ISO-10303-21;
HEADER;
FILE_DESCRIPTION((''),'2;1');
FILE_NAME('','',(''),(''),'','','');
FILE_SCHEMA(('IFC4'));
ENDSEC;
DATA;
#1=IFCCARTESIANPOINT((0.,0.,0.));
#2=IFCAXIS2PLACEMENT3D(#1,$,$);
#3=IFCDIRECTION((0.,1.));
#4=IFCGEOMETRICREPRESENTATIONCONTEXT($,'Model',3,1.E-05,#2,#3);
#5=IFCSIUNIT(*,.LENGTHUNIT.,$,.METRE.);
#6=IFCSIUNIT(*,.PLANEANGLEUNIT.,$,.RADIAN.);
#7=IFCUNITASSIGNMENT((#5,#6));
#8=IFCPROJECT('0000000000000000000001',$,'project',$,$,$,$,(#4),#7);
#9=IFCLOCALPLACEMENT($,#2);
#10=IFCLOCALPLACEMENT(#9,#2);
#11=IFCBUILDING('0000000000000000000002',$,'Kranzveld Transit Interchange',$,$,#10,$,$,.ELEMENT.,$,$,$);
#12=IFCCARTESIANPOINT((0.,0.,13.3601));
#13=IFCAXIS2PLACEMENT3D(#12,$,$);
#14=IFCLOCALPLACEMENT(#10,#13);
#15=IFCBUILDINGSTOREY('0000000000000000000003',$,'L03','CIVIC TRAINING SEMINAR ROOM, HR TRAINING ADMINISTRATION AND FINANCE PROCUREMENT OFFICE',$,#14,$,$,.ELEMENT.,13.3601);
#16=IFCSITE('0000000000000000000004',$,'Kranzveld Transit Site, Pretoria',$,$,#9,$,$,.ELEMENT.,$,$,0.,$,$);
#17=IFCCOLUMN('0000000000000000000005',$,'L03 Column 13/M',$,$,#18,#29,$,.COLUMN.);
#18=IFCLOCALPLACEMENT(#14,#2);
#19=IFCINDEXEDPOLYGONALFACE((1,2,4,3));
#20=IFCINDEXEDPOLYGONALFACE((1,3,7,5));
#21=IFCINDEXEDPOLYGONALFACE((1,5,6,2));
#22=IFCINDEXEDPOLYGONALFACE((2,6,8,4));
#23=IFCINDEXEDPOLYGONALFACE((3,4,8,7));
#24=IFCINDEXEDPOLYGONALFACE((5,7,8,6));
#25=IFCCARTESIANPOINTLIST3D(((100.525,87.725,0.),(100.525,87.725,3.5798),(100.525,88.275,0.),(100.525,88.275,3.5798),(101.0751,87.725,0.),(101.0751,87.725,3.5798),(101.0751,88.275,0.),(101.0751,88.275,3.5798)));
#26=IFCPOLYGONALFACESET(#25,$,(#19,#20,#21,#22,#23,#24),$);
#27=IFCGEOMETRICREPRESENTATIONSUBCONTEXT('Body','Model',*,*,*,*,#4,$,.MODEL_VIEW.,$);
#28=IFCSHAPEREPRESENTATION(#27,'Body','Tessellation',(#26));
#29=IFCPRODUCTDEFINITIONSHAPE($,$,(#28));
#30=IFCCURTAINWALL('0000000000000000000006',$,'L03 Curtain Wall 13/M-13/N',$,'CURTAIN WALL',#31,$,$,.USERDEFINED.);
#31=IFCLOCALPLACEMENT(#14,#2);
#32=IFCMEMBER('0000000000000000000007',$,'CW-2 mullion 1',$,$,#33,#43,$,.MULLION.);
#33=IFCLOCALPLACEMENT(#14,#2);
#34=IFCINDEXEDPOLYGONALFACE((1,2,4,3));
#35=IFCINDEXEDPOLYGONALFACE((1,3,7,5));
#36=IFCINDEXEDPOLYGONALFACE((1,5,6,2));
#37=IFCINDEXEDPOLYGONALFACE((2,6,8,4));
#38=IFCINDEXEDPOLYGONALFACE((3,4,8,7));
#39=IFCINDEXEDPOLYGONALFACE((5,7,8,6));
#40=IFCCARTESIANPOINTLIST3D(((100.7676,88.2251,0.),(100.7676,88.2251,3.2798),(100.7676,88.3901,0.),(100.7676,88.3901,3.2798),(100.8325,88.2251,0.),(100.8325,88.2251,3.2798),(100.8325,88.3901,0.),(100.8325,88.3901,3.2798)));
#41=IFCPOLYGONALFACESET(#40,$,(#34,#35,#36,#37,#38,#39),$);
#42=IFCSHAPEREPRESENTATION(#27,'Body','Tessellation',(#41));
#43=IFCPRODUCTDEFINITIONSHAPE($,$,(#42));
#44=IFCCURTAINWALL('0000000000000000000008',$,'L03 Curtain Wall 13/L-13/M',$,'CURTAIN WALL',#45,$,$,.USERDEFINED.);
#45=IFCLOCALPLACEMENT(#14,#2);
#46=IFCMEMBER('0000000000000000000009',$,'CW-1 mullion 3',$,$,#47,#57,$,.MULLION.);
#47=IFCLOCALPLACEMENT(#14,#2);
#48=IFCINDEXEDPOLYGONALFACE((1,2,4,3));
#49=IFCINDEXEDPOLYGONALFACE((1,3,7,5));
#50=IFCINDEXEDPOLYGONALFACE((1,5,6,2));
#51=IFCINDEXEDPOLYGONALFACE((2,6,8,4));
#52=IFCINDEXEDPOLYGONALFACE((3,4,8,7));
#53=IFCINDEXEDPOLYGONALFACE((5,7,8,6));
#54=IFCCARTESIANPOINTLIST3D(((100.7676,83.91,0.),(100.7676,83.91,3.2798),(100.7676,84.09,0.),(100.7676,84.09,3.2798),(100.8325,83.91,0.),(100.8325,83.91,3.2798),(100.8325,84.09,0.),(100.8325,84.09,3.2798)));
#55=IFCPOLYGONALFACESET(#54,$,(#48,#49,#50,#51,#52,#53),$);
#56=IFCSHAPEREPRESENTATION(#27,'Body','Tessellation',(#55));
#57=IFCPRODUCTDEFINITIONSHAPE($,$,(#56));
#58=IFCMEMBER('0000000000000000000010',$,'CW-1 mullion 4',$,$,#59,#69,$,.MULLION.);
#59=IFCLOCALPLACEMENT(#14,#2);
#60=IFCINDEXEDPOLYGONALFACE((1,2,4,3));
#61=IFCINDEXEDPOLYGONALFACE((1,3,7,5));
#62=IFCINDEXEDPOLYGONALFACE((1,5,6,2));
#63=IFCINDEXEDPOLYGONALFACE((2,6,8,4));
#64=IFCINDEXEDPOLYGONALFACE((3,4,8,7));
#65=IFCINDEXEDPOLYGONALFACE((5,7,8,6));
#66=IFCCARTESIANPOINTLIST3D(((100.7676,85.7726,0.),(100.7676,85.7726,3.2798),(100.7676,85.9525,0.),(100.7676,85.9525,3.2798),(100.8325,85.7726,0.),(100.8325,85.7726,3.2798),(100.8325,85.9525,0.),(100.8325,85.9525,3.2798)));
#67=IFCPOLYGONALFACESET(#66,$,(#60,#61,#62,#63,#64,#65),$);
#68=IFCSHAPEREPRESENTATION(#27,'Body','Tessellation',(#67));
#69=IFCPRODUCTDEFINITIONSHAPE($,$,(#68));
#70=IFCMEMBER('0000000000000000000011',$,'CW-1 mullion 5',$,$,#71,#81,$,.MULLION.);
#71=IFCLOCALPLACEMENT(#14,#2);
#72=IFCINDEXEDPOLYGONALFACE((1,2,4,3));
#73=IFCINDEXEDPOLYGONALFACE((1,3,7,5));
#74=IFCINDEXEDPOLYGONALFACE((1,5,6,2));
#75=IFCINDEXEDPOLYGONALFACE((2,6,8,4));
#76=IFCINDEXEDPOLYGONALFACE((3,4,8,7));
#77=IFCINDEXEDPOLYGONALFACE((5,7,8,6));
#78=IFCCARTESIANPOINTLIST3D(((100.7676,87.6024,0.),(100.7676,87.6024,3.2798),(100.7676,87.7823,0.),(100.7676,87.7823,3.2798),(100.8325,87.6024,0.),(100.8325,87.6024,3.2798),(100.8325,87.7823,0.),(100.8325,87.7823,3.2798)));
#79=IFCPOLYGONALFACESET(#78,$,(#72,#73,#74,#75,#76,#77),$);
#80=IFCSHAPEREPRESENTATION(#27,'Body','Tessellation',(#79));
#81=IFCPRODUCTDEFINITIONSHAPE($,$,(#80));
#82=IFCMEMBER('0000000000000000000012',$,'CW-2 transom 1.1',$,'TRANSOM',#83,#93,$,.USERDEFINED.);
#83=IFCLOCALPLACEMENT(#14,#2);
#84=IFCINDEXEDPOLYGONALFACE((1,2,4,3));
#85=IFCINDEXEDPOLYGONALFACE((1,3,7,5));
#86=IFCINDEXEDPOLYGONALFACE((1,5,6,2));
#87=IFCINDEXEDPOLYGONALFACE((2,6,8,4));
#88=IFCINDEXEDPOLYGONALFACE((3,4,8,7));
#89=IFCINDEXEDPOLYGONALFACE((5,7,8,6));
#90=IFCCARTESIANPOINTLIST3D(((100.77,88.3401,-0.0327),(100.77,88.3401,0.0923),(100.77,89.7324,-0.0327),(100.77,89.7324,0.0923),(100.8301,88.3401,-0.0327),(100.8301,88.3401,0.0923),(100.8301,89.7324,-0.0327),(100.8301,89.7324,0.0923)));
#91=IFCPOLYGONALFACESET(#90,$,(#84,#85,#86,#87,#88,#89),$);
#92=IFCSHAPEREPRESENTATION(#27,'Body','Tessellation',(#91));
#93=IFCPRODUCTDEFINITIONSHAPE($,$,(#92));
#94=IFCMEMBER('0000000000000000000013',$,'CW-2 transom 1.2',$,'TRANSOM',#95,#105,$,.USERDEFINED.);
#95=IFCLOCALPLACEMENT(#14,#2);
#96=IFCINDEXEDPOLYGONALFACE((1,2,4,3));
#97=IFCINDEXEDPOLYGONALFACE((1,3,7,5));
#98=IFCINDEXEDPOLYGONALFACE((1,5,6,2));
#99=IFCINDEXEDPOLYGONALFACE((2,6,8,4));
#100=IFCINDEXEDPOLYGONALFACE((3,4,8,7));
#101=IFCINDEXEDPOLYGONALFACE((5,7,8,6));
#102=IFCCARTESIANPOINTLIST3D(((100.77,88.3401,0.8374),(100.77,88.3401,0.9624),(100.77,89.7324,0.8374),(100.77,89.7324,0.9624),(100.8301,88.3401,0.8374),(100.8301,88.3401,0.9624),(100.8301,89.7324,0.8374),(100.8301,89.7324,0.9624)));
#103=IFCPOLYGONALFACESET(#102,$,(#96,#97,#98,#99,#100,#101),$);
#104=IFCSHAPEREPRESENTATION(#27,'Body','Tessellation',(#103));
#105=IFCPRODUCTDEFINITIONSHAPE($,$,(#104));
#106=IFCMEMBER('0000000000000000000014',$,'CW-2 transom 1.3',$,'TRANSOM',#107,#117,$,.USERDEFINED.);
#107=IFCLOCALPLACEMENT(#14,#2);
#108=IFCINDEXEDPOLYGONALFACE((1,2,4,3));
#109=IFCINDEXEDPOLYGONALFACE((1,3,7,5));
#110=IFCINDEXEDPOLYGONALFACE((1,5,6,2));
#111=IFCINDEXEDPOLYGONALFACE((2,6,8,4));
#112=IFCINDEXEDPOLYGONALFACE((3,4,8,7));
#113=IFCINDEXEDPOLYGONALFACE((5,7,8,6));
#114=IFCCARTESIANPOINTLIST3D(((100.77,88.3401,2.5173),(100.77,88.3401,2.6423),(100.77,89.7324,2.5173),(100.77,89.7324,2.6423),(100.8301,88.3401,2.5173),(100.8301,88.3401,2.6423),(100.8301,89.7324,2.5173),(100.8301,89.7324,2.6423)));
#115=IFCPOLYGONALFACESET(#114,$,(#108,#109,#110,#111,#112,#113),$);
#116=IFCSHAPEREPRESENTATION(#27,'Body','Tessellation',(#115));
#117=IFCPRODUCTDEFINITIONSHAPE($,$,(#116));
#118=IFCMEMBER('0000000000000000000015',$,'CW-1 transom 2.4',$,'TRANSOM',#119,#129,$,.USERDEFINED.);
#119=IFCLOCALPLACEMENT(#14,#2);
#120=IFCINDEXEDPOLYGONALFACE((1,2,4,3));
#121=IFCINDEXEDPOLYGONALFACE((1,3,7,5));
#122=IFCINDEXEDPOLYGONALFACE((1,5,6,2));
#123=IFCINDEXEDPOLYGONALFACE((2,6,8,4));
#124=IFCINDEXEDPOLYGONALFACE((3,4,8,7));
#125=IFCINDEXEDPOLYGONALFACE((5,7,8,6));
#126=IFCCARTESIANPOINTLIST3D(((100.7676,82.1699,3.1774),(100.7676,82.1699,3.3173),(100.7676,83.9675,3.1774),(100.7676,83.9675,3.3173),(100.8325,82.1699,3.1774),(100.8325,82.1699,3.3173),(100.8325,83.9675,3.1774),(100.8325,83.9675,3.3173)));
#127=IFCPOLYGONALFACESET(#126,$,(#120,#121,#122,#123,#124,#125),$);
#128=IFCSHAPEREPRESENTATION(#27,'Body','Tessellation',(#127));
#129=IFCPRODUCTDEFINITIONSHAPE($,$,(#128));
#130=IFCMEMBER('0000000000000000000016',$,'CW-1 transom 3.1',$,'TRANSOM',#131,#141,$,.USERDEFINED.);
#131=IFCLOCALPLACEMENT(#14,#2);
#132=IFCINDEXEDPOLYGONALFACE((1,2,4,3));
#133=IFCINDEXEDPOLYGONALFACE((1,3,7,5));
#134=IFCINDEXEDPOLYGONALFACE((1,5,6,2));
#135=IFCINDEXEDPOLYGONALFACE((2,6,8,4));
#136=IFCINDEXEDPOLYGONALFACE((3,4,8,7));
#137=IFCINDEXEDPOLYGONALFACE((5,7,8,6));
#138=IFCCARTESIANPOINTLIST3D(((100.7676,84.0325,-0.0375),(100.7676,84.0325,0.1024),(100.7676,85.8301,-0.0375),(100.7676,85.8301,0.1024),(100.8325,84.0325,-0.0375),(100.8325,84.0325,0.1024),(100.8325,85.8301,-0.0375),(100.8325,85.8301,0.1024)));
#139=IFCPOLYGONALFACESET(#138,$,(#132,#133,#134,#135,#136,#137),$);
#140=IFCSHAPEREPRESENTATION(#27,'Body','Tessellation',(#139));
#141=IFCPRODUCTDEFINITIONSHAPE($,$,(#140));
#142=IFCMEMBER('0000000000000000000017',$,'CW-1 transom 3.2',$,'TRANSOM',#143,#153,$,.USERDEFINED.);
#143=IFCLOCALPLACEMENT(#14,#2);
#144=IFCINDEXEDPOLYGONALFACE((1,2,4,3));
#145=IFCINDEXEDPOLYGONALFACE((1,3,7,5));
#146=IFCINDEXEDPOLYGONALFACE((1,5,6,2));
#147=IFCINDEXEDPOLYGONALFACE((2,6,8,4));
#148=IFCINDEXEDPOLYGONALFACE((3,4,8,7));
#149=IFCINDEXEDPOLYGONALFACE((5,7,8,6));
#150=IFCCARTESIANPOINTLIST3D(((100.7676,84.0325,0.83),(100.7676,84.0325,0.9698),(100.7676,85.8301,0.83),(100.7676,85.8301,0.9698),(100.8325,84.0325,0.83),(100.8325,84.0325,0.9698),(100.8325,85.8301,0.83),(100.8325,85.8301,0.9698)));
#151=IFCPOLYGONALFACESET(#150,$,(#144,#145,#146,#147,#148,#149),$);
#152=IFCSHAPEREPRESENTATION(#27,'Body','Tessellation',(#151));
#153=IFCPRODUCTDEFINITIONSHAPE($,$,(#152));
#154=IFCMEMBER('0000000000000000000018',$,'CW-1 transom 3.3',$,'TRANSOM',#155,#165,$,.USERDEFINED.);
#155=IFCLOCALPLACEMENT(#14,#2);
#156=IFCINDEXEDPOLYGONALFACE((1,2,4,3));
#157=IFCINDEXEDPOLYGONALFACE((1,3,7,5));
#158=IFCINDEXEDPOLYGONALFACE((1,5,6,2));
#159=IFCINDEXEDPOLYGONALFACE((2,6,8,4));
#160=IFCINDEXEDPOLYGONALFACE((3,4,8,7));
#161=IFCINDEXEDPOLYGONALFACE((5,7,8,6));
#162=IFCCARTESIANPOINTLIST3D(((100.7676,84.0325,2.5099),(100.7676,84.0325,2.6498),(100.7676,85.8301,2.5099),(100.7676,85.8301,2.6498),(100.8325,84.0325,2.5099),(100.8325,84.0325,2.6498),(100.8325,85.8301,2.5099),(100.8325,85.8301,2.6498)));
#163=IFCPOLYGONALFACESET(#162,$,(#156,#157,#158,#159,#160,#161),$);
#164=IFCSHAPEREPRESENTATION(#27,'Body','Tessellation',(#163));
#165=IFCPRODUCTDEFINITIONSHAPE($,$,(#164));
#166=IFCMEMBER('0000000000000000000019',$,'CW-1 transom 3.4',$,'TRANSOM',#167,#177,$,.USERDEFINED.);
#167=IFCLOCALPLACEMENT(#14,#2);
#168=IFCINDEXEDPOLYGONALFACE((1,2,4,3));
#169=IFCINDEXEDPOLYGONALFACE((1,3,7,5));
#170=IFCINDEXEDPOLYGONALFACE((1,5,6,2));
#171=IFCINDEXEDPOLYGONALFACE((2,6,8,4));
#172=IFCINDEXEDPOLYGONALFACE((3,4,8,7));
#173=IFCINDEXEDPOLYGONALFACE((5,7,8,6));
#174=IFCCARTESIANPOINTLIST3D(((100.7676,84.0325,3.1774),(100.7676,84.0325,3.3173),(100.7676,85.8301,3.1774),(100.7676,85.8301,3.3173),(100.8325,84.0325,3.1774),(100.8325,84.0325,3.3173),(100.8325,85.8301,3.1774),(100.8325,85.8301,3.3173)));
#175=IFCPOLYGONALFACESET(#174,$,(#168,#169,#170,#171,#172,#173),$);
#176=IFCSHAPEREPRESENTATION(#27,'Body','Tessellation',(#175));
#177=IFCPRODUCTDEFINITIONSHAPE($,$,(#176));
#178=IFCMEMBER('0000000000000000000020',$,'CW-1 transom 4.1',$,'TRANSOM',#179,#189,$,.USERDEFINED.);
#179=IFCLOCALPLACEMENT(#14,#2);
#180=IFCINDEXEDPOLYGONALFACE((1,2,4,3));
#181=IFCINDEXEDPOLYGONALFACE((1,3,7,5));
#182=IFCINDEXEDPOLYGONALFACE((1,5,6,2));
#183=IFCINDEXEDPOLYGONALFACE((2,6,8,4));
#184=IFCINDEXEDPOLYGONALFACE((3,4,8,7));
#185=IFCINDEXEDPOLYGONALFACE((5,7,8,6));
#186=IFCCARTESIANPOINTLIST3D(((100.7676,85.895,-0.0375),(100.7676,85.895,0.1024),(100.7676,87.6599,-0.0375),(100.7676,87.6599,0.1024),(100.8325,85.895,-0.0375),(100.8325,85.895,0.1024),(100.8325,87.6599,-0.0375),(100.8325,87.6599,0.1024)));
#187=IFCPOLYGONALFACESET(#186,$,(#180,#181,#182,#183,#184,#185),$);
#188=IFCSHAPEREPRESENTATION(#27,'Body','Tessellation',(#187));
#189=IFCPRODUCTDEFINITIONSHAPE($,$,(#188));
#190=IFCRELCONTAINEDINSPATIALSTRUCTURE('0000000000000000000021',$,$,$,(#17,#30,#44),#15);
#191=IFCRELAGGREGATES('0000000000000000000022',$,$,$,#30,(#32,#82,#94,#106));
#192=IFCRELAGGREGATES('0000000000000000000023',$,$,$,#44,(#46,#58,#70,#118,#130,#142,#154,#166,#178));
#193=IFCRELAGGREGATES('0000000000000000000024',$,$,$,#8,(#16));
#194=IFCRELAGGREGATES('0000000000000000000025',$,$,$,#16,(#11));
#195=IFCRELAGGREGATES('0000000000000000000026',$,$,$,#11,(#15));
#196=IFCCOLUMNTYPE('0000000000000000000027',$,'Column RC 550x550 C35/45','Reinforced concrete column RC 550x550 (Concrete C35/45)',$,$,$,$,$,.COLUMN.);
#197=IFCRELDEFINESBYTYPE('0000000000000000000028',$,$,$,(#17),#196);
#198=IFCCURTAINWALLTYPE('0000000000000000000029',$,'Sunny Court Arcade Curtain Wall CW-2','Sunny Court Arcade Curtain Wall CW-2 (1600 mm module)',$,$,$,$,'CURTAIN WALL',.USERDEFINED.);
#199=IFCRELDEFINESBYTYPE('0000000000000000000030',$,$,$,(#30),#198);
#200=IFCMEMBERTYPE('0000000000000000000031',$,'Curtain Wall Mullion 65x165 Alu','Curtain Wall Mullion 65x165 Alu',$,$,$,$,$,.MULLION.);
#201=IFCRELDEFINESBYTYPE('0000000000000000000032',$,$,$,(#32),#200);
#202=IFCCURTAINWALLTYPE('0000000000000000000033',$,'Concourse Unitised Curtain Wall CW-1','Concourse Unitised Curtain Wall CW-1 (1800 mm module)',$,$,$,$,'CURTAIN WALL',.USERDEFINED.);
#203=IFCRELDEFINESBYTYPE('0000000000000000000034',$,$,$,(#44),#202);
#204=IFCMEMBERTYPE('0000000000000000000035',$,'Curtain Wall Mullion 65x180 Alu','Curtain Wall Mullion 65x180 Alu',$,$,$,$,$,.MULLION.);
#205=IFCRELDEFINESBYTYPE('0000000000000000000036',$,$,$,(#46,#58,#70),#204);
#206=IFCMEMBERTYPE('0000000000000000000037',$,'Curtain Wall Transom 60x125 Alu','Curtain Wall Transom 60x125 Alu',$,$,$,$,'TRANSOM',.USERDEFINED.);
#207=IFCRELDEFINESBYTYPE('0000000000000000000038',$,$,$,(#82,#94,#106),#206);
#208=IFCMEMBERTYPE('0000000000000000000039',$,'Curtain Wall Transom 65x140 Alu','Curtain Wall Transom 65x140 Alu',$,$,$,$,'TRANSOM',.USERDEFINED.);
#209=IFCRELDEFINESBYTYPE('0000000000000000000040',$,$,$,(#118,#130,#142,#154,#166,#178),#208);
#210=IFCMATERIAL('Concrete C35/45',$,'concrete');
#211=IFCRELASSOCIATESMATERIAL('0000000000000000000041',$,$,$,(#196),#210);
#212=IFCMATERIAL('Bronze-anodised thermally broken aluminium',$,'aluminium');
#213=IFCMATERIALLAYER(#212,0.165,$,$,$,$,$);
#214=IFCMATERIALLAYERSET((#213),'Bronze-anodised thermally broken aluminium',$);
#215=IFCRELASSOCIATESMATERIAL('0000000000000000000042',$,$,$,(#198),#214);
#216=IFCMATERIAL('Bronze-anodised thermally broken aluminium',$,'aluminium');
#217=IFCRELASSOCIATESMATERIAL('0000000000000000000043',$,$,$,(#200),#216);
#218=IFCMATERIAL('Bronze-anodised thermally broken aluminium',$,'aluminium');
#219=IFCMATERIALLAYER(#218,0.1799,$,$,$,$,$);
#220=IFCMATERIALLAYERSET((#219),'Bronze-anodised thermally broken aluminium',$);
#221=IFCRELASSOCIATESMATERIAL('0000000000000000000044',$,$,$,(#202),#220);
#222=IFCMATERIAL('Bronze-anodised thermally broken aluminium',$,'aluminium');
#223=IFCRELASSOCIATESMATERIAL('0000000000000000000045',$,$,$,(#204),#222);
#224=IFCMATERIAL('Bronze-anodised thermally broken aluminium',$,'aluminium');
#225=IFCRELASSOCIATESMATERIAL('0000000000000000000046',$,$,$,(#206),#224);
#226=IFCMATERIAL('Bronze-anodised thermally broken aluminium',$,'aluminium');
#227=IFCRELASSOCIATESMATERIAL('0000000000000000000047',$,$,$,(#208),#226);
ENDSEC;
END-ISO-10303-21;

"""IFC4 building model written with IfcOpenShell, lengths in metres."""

from ifc_helpers import new_model, si_unit, direction, frame, origin, origin_2d, place, context, subcontext, project, spatial, rectangle, extrude, material, layer, layer_set, material_profile, profile_set, type_object, element, aggregate, save


model = new_model("IFC4")

# Units and contexts
model_context = context("Model", 3, precision=1e-05, world=origin(), true_north=direction((0.0, 1.0)))
body_context = subcontext(model_context, "Body", "Model", "MODEL_VIEW")
ifc_project = project(units=[si_unit("LENGTHUNIT", "METRE"), si_unit("PLANEANGLEUNIT", "RADIAN")], contexts=[model_context])

# Site, building, storey
site_placement = place(None, origin())
site = spatial("IfcSite", under=ifc_project, at=site_placement, Name="Kranzveld Transit Site, Pretoria", CompositionType="ELEMENT", RefElevation=0.0)
building_placement = place(site_placement, origin())
building = spatial("IfcBuilding", under=site, at=building_placement, Name="Kranzveld Transit Interchange", CompositionType="ELEMENT")
storey_placement = place(building_placement, frame((0.0, 0.0, 13.3601)))
storey = spatial("IfcBuildingStorey", under=building, at=storey_placement, Name="L03", Description="CIVIC TRAINING SEMINAR ROOM, HR TRAINING ADMINISTRATION AND FINANCE PROCUREMENT OFFICE", CompositionType="ELEMENT", Elevation=13.3601)

# Column
ifc_material_1 = material(Name="Concrete C35/45", Category="concrete")
ifc_material_profile_1 = material_profile(ifc_material_1, rectangle(XDim=0.55, YDim=0.55, at=origin_2d()), Name="RC 550x550")
ifc_profile_set_1 = profile_set([ifc_material_profile_1], Name="Concrete C35/45")
column_type = type_object("IfcColumnType", Name="Column RC 550x550 C35/45", Description="Reinforced concrete column RC 550x550 (Concrete C35/45)", PredefinedType="COLUMN", material=ifc_profile_set_1)
column_placement = place(storey_placement, frame((100.8, 88.0, 0.0), z_axis=(0.0, 0.0, 1.0), x_axis=(1.0, 0.0, 0.0)))
element("IfcColumn", 1, at=column_placement, inside=storey, type_object=column_type, Name="L03 Column 13/M", PredefinedType="COLUMN", context=body_context, shape_type="SweptSolid", body=[
    extrude(rectangle(XDim=0.55, YDim=0.55, at=origin_2d()), origin(), (0.0, 0.0, 1.0), 3.5798),
])

# Curtain wall, member
ifc_material_2 = material(Name="Bronze-anodised thermally broken aluminium", Category="aluminium")
ifc_layer_1 = layer(ifc_material_2, 0.165)
ifc_layer_set_1 = layer_set([ifc_layer_1], Name="Bronze-anodised thermally broken aluminium")
curtain_wall_type_1 = type_object("IfcCurtainWallType", Name="Sunny Court Arcade Curtain Wall CW-2", Description="Sunny Court Arcade Curtain Wall CW-2 (1600 mm module)", ElementType="CURTAIN WALL", PredefinedType="USERDEFINED", material=ifc_layer_set_1)
curtain_wall_1_placement = place(storey_placement, origin())
curtain_wall_1 = element("IfcCurtainWall", 2, at=curtain_wall_1_placement, inside=storey, type_object=curtain_wall_type_1, Name="L03 Curtain Wall 13/M-13/N", ObjectType="CURTAIN WALL", PredefinedType="USERDEFINED")
ifc_material_3 = material(Name="Bronze-anodised thermally broken aluminium", Category="aluminium")
ifc_material_profile_2 = material_profile(ifc_material_3, rectangle(XDim=0.0649, YDim=0.165, at=origin_2d()), Name="ALU MULLION 65x165")
ifc_profile_set_2 = profile_set([ifc_material_profile_2], Name="Bronze-anodised thermally broken aluminium")
member_type_1 = type_object("IfcMemberType", Name="Curtain Wall Mullion 65x165 Alu", Description="Curtain Wall Mullion 65x165 Alu", PredefinedType="MULLION", material=ifc_profile_set_2)
member_1_placement = place(storey_placement, frame((100.8, 88.3076, 0.0), z_axis=(0.0, 0.0, 1.0), x_axis=(-1.0, 0.0, 0.0)))
member_1 = element("IfcMember", 3, at=member_1_placement, type_object=member_type_1, Name="CW-2 mullion 1", PredefinedType="MULLION", context=body_context, shape_type="SweptSolid", body=[
    extrude(rectangle(XDim=0.0649, YDim=0.165, at=origin_2d()), origin(), (0.0, 0.0, 1.0), 3.2798),
])

# Curtain wall, members
ifc_material_4 = material(Name="Bronze-anodised thermally broken aluminium", Category="aluminium")
ifc_layer_2 = layer(ifc_material_4, 0.1799)
ifc_layer_set_2 = layer_set([ifc_layer_2], Name="Bronze-anodised thermally broken aluminium")
curtain_wall_type_2 = type_object("IfcCurtainWallType", Name="Concourse Unitised Curtain Wall CW-1", Description="Concourse Unitised Curtain Wall CW-1 (1800 mm module)", ElementType="CURTAIN WALL", PredefinedType="USERDEFINED", material=ifc_layer_set_2)
curtain_wall_2_placement = place(storey_placement, origin())
curtain_wall_2 = element("IfcCurtainWall", 4, at=curtain_wall_2_placement, inside=storey, type_object=curtain_wall_type_2, Name="L03 Curtain Wall 13/L-13/M", ObjectType="CURTAIN WALL", PredefinedType="USERDEFINED")
ifc_material_5 = material(Name="Bronze-anodised thermally broken aluminium", Category="aluminium")
ifc_material_profile_3 = material_profile(ifc_material_5, rectangle(XDim=0.0649, YDim=0.1799, at=origin_2d()), Name="ALU MULLION 65x180")
ifc_profile_set_3 = profile_set([ifc_material_profile_3], Name="Bronze-anodised thermally broken aluminium")
member_type_2 = type_object("IfcMemberType", Name="Curtain Wall Mullion 65x180 Alu", Description="Curtain Wall Mullion 65x180 Alu", PredefinedType="MULLION", material=ifc_profile_set_3)
member_2_placement = place(storey_placement, frame((100.8, 84.0, 0.0), z_axis=(0.0, 0.0, 1.0), x_axis=(-1.0, 0.0, 0.0)))
member_2 = element("IfcMember", 5, at=member_2_placement, type_object=member_type_2, Name="CW-1 mullion 3", PredefinedType="MULLION", context=body_context, shape_type="SweptSolid", body=[
    extrude(rectangle(XDim=0.0649, YDim=0.1799, at=origin_2d()), origin(), (0.0, 0.0, 1.0), 3.2798),
])
member_3_placement = place(storey_placement, frame((100.8, 85.8625, 0.0), z_axis=(0.0, 0.0, 1.0), x_axis=(-1.0, 0.0, 0.0)))
member_3 = element("IfcMember", 6, at=member_3_placement, type_object=member_type_2, Name="CW-1 mullion 4", PredefinedType="MULLION", context=body_context, shape_type="SweptSolid", body=[
    extrude(rectangle(XDim=0.0649, YDim=0.1799, at=origin_2d()), origin(), (0.0, 0.0, 1.0), 3.2798),
])
member_4_placement = place(storey_placement, frame((100.8, 87.6924, 0.0), z_axis=(0.0, 0.0, 1.0), x_axis=(-1.0, 0.0, 0.0)))
member_4 = element("IfcMember", 7, at=member_4_placement, type_object=member_type_2, Name="CW-1 mullion 5", PredefinedType="MULLION", context=body_context, shape_type="SweptSolid", body=[
    extrude(rectangle(XDim=0.0649, YDim=0.1799, at=origin_2d()), origin(), (0.0, 0.0, 1.0), 3.2798),
])

# Members
ifc_material_6 = material(Name="Bronze-anodised thermally broken aluminium", Category="aluminium")
ifc_material_profile_4 = material_profile(ifc_material_6, rectangle(XDim=0.0601, YDim=0.125, at=origin_2d()), Name="ALU TRANSOM 60x125")
ifc_profile_set_4 = profile_set([ifc_material_profile_4], Name="Bronze-anodised thermally broken aluminium")
member_type_3 = type_object("IfcMemberType", Name="Curtain Wall Transom 60x125 Alu", Description="Curtain Wall Transom 60x125 Alu", ElementType="TRANSOM", PredefinedType="USERDEFINED", material=ifc_profile_set_4)
member_5_placement = place(storey_placement, frame((100.8, 88.3401, 0.0298), z_axis=(0.0, 1.0, 0.0), x_axis=(-1.0, 0.0, 0.0)))
member_5 = element("IfcMember", 8, at=member_5_placement, type_object=member_type_3, Name="CW-2 transom 1.1", ObjectType="TRANSOM", PredefinedType="USERDEFINED", context=body_context, shape_type="SweptSolid", body=[
    extrude(rectangle(XDim=0.0601, YDim=0.125, at=origin_2d()), origin(), (0.0, 0.0, 1.0), 1.3923),
])
member_6_placement = place(storey_placement, frame((100.8, 88.3401, 0.8999), z_axis=(0.0, 1.0, 0.0), x_axis=(-1.0, 0.0, 0.0)))
member_6 = element("IfcMember", 9, at=member_6_placement, type_object=member_type_3, Name="CW-2 transom 1.2", ObjectType="TRANSOM", PredefinedType="USERDEFINED", context=body_context, shape_type="SweptSolid", body=[
    extrude(rectangle(XDim=0.0601, YDim=0.125, at=origin_2d()), origin(), (0.0, 0.0, 1.0), 1.3923),
])
member_7_placement = place(storey_placement, frame((100.8, 88.3401, 2.5798), z_axis=(0.0, 1.0, 0.0), x_axis=(-1.0, 0.0, 0.0)))
member_7 = element("IfcMember", 10, at=member_7_placement, type_object=member_type_3, Name="CW-2 transom 1.3", ObjectType="TRANSOM", PredefinedType="USERDEFINED", context=body_context, shape_type="SweptSolid", body=[
    extrude(rectangle(XDim=0.0601, YDim=0.125, at=origin_2d()), origin(), (0.0, 0.0, 1.0), 1.3923),
])
aggregate(curtain_wall_1, [member_1, member_5, member_6, member_7])
ifc_material_7 = material(Name="Bronze-anodised thermally broken aluminium", Category="aluminium")
ifc_material_profile_5 = material_profile(ifc_material_7, rectangle(XDim=0.0649, YDim=0.1399, at=origin_2d()), Name="ALU TRANSOM 65x140")
ifc_profile_set_5 = profile_set([ifc_material_profile_5], Name="Bronze-anodised thermally broken aluminium")
member_type_4 = type_object("IfcMemberType", Name="Curtain Wall Transom 65x140 Alu", Description="Curtain Wall Transom 65x140 Alu", ElementType="TRANSOM", PredefinedType="USERDEFINED", material=ifc_profile_set_5)
member_8_placement = place(storey_placement, frame((100.8, 82.1699, 3.2473), z_axis=(0.0, 1.0, 0.0), x_axis=(-1.0, 0.0, 0.0)))
member_8 = element("IfcMember", 11, at=member_8_placement, type_object=member_type_4, Name="CW-1 transom 2.4", ObjectType="TRANSOM", PredefinedType="USERDEFINED", context=body_context, shape_type="SweptSolid", body=[
    extrude(rectangle(XDim=0.0649, YDim=0.1399, at=origin_2d()), origin(), (0.0, 0.0, 1.0), 1.7976),
])
member_9_placement = place(storey_placement, frame((100.8, 84.0325, 0.0325), z_axis=(0.0, 1.0, 0.0), x_axis=(-1.0, 0.0, 0.0)))
member_9 = element("IfcMember", 12, at=member_9_placement, type_object=member_type_4, Name="CW-1 transom 3.1", ObjectType="TRANSOM", PredefinedType="USERDEFINED", context=body_context, shape_type="SweptSolid", body=[
    extrude(rectangle(XDim=0.0649, YDim=0.1399, at=origin_2d()), origin(), (0.0, 0.0, 1.0), 1.7976),
])
member_10_placement = place(storey_placement, frame((100.8, 84.0325, 0.8999), z_axis=(0.0, 1.0, 0.0), x_axis=(-1.0, 0.0, 0.0)))
member_10 = element("IfcMember", 13, at=member_10_placement, type_object=member_type_4, Name="CW-1 transom 3.2", ObjectType="TRANSOM", PredefinedType="USERDEFINED", context=body_context, shape_type="SweptSolid", body=[
    extrude(rectangle(XDim=0.0649, YDim=0.1399, at=origin_2d()), origin(), (0.0, 0.0, 1.0), 1.7976),
])
member_11_placement = place(storey_placement, frame((100.8, 84.0325, 2.5798), z_axis=(0.0, 1.0, 0.0), x_axis=(-1.0, 0.0, 0.0)))
member_11 = element("IfcMember", 14, at=member_11_placement, type_object=member_type_4, Name="CW-1 transom 3.3", ObjectType="TRANSOM", PredefinedType="USERDEFINED", context=body_context, shape_type="SweptSolid", body=[
    extrude(rectangle(XDim=0.0649, YDim=0.1399, at=origin_2d()), origin(), (0.0, 0.0, 1.0), 1.7976),
])
member_12_placement = place(storey_placement, frame((100.8, 84.0325, 3.2473), z_axis=(0.0, 1.0, 0.0), x_axis=(-1.0, 0.0, 0.0)))
member_12 = element("IfcMember", 15, at=member_12_placement, type_object=member_type_4, Name="CW-1 transom 3.4", ObjectType="TRANSOM", PredefinedType="USERDEFINED", context=body_context, shape_type="SweptSolid", body=[
    extrude(rectangle(XDim=0.0649, YDim=0.1399, at=origin_2d()), origin(), (0.0, 0.0, 1.0), 1.7976),
])
member_13_placement = place(storey_placement, frame((100.8, 85.895, 0.0325), z_axis=(0.0, 1.0, 0.0), x_axis=(-1.0, 0.0, 0.0)))
member_13 = element("IfcMember", 16, at=member_13_placement, type_object=member_type_4, Name="CW-1 transom 4.1", ObjectType="TRANSOM", PredefinedType="USERDEFINED", context=body_context, shape_type="SweptSolid", body=[
    extrude(rectangle(XDim=0.0649, YDim=0.1399, at=origin_2d()), origin(), (0.0, 0.0, 1.0), 1.7649),
])

aggregate(curtain_wall_2, [member_2, member_3, member_4, member_8, member_9, member_10, member_11, member_12, member_13])

save(model, "model.ifc")
